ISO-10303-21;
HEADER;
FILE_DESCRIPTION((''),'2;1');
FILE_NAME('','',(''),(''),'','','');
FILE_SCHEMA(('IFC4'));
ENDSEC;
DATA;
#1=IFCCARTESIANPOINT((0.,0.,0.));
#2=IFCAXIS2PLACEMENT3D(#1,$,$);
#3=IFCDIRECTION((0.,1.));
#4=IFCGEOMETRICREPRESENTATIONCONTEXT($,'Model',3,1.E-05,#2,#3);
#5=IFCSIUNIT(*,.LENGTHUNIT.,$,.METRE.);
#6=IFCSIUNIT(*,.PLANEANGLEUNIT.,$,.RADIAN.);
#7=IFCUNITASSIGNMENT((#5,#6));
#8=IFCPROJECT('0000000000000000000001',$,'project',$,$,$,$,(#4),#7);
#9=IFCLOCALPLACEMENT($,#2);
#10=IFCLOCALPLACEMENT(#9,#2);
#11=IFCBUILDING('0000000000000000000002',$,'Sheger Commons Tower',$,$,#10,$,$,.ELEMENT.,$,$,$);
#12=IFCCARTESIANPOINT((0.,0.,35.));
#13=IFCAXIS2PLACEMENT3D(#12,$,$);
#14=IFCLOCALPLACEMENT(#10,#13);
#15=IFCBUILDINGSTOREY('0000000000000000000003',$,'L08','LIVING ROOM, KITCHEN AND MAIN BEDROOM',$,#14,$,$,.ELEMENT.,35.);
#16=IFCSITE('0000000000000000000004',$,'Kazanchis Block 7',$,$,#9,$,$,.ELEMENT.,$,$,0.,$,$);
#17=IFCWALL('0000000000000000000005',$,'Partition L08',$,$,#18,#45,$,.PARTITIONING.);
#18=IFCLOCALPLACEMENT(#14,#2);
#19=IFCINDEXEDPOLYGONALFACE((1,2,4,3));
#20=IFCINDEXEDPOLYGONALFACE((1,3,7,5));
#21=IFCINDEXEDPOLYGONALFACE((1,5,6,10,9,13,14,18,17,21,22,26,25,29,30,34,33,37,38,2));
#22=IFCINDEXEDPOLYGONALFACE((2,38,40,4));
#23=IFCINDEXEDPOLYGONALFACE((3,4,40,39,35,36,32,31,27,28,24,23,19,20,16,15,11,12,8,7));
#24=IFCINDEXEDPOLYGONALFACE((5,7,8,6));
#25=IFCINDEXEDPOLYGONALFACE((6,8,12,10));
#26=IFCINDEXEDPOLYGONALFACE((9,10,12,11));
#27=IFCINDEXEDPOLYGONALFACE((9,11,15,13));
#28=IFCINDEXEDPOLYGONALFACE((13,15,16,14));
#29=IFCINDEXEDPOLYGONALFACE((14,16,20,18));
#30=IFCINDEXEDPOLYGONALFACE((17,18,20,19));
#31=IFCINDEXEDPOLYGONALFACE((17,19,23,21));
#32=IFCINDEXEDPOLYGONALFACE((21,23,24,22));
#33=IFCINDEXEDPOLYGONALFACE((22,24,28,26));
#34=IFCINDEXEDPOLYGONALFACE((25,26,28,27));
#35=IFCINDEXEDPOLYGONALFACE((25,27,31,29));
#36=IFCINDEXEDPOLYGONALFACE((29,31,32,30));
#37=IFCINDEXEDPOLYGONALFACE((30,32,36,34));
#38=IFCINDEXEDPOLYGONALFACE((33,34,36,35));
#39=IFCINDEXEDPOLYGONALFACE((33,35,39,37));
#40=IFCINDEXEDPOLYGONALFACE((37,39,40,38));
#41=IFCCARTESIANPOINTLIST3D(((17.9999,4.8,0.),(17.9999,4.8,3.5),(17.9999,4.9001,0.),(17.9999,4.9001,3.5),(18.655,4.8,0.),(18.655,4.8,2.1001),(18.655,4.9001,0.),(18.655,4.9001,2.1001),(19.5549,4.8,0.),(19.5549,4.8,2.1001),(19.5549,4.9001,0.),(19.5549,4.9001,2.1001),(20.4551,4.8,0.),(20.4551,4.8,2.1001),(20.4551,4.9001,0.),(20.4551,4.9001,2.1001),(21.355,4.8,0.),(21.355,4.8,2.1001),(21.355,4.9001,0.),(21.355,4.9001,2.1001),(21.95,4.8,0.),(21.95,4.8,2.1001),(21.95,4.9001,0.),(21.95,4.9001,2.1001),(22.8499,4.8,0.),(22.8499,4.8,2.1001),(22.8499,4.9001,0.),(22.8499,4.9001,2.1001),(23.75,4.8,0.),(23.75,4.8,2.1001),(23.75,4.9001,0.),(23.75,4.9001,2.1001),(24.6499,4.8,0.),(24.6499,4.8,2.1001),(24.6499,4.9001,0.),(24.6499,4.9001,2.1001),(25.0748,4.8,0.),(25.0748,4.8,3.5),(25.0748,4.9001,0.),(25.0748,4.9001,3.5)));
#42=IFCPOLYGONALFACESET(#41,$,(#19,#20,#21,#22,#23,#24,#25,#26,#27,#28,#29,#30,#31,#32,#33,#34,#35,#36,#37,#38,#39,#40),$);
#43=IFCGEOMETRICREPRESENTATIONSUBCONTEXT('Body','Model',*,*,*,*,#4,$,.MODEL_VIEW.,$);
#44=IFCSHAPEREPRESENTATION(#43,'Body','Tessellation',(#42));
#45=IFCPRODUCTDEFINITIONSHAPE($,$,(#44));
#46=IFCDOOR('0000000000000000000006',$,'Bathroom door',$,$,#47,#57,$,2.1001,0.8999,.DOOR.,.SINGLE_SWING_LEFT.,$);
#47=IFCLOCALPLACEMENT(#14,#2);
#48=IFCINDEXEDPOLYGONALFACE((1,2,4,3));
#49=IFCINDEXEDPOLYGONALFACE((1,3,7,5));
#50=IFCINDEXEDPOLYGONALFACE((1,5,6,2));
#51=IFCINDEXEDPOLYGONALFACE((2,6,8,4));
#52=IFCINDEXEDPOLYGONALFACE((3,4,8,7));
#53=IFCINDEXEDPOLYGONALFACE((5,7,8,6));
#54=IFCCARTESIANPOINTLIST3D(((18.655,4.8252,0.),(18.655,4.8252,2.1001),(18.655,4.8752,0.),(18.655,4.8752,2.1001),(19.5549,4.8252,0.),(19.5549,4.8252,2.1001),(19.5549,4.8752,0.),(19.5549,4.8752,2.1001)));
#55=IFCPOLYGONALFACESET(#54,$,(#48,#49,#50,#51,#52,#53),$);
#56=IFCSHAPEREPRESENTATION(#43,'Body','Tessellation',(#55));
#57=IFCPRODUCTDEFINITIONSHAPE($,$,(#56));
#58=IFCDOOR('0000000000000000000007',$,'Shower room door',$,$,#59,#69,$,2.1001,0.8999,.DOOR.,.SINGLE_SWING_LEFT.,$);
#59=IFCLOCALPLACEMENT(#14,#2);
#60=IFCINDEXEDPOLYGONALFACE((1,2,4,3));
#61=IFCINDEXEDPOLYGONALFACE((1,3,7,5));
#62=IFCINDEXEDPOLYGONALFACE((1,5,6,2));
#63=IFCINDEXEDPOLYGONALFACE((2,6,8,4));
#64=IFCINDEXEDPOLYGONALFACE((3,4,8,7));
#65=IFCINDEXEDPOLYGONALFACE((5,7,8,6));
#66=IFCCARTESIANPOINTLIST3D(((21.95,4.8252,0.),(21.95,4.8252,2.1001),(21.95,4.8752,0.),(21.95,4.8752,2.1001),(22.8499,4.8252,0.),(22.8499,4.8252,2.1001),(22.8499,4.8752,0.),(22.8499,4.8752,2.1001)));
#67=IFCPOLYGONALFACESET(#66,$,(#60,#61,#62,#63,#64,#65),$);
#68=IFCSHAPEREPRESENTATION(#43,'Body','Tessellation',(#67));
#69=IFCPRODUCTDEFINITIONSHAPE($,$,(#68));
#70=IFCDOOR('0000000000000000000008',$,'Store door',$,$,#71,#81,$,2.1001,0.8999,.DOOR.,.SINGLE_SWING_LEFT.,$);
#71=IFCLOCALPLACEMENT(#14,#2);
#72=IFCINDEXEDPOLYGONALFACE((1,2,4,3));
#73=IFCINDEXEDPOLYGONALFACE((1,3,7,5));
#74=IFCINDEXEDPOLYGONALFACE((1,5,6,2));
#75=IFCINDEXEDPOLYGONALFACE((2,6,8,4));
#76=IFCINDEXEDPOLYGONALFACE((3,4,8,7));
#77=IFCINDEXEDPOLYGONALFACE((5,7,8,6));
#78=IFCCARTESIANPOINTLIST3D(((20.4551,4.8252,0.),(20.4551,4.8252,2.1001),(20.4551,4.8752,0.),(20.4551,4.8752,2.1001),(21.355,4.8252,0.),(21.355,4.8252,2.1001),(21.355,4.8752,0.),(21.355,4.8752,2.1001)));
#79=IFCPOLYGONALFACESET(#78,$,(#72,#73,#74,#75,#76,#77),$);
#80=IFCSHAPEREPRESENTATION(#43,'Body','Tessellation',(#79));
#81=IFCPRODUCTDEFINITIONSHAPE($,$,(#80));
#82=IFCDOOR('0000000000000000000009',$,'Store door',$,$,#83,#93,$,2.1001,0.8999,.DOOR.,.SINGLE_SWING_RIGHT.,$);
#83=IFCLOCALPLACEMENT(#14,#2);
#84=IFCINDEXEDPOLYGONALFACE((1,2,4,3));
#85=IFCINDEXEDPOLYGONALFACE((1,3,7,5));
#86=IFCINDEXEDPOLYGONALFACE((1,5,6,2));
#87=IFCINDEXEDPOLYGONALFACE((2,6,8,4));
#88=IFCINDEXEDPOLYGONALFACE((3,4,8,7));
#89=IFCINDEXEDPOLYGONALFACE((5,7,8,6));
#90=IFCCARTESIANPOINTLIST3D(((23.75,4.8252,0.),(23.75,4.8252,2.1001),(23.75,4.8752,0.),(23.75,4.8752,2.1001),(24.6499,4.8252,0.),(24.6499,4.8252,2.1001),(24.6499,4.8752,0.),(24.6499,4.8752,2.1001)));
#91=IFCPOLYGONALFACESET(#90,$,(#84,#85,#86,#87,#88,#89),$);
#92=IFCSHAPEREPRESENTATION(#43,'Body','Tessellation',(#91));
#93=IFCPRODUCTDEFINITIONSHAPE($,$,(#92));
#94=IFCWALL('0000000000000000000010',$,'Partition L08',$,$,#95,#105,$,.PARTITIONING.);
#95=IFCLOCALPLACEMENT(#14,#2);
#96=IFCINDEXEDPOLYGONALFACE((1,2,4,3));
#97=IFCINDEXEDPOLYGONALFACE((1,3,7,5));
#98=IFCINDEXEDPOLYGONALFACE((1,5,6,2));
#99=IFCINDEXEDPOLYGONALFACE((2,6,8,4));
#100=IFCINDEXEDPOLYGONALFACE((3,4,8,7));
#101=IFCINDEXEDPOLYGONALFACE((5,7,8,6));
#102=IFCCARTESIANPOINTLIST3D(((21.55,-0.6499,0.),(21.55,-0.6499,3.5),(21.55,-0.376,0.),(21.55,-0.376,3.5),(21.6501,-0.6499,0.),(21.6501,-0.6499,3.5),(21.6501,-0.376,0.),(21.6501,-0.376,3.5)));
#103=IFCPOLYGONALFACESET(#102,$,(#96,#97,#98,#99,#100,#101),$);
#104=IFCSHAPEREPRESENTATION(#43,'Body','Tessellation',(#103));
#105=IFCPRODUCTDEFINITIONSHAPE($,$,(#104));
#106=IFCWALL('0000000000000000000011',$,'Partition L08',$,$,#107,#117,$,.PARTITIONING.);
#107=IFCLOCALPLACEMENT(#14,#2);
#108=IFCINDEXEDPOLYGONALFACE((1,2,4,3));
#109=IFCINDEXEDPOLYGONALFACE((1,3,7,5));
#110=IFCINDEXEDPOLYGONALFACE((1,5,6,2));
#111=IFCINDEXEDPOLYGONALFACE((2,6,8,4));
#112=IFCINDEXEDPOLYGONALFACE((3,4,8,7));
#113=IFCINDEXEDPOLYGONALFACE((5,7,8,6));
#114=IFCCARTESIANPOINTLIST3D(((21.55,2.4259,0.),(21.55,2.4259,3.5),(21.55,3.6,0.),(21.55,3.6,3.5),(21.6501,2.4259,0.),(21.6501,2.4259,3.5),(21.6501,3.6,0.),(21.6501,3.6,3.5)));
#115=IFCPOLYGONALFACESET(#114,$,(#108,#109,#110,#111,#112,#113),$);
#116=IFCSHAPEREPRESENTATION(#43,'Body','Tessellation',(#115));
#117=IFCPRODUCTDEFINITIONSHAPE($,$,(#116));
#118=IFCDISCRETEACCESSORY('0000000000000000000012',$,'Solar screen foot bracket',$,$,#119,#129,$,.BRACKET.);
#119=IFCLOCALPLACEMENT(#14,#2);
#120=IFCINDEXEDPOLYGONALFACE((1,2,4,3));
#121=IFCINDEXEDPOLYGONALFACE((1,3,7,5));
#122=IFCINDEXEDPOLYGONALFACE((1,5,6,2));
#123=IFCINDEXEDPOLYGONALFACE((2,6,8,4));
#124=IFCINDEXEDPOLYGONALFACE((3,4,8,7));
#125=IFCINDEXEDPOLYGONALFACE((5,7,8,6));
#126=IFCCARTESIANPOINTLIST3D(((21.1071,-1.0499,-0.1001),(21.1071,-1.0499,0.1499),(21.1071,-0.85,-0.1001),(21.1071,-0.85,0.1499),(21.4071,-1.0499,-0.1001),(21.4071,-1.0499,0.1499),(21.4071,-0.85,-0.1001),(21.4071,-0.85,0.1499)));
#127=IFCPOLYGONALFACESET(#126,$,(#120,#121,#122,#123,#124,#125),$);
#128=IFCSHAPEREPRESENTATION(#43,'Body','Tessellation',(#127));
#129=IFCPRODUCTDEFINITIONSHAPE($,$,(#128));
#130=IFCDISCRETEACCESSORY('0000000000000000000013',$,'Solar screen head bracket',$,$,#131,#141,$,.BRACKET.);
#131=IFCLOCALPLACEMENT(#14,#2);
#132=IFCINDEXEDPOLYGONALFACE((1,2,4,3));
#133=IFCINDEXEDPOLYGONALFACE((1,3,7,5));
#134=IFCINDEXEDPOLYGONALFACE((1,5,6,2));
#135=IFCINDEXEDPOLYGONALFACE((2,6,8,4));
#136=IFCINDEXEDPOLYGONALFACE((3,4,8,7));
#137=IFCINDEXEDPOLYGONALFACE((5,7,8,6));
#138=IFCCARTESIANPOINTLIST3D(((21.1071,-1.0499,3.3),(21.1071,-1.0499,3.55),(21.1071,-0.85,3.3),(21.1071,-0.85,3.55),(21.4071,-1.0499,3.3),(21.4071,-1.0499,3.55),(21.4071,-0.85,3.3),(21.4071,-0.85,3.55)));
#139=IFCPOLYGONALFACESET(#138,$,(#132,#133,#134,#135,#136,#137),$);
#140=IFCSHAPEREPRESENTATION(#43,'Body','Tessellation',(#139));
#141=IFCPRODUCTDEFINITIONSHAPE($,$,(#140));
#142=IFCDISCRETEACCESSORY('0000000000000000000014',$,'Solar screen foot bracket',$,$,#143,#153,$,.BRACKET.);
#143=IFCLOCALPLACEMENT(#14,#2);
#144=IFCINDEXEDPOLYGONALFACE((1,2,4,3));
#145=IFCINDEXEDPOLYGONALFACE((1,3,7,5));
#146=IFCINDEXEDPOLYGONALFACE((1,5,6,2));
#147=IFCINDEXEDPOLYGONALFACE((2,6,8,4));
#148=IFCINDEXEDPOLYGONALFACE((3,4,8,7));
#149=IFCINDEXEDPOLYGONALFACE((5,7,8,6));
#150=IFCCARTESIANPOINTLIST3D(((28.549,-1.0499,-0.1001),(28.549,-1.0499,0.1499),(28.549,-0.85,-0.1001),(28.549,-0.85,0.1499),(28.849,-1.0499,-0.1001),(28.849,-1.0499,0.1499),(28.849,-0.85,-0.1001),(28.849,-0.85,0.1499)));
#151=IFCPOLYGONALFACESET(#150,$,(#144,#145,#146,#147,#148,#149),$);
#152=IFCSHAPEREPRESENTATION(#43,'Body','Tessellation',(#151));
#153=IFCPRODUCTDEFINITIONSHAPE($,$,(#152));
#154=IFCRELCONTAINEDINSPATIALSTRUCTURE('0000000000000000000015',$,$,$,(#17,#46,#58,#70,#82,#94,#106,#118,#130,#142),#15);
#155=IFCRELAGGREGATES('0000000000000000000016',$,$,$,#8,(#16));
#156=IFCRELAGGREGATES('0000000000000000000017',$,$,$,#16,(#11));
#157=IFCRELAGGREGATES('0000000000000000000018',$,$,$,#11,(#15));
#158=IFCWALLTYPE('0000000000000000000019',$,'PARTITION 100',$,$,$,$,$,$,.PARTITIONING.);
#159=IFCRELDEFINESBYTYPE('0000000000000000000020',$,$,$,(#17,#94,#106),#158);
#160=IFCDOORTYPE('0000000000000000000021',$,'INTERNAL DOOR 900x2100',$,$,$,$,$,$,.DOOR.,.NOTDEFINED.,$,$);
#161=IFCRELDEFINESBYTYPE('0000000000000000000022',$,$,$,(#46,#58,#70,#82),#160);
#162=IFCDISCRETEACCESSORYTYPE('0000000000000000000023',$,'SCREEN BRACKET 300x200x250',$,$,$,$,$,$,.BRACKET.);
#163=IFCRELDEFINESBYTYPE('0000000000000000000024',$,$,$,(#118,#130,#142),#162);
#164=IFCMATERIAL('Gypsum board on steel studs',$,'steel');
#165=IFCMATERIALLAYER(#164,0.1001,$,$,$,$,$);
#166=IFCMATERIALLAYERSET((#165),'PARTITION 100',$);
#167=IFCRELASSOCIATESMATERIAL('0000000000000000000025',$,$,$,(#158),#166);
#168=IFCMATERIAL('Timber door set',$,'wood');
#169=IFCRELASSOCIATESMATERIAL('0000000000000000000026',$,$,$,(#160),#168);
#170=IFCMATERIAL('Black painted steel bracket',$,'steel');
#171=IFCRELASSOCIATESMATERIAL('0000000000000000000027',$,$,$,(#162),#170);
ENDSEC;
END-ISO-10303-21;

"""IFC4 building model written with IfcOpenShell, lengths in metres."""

from ifc_helpers import new_model, si_unit, direction, frame, frame_2d, origin, origin_2d, place, context, subcontext, project, spatial, rectangle, extrude, material, layer, layer_set, type_object, element, fill, save


model = new_model("IFC4")

# Units and contexts
model_context = context("Model", 3, precision=1e-05, world=origin(), true_north=direction((0.0, 1.0)))
body_context = subcontext(model_context, "Body", "Model", "MODEL_VIEW")
ifc_project = project(units=[si_unit("LENGTHUNIT", "METRE"), si_unit("PLANEANGLEUNIT", "RADIAN")], contexts=[model_context])

# Site, building, storey
site_placement = place(None, origin())
site = spatial("IfcSite", under=ifc_project, at=site_placement, Name="Kazanchis Block 7", CompositionType="ELEMENT", RefElevation=0.0)
building_placement = place(site_placement, origin())
building = spatial("IfcBuilding", under=site, at=building_placement, Name="Sheger Commons Tower", CompositionType="ELEMENT")
storey_placement = place(building_placement, frame((0.0, 0.0, 35.0)))
storey = spatial("IfcBuildingStorey", under=building, at=storey_placement, Name="L08", Description="LIVING ROOM, KITCHEN AND MAIN BEDROOM", CompositionType="ELEMENT", Elevation=35.0)

# Wall, openings, doors
ifc_material_1 = material(Name="Gypsum board on steel studs", Category="steel")
ifc_layer_1 = layer(ifc_material_1, 0.1001)
ifc_layer_set_1 = layer_set([ifc_layer_1], Name="PARTITION 100")
wall_type_1 = type_object("IfcWallType", Name="PARTITION 100", PredefinedType="PARTITIONING", material=ifc_layer_set_1)
ifc_material_2 = material(Name="Timber door set", Category="wood")
door_type = type_object("IfcDoorType", Name="INTERNAL DOOR 900x2100", OperationType="NOTDEFINED", PredefinedType="DOOR", material=ifc_material_2)
wall_1_placement = place(storey_placement, frame((25.075, 4.8501, 0.0), z_axis=(0.0, 0.0, 1.0), x_axis=(-1.0, 0.0, 0.0)))
wall_1 = element("IfcWall", 1, at=wall_1_placement, inside=storey, type_object=wall_type_1, Name="Partition L08", PredefinedType="PARTITIONING", context=body_context, shape_type="SweptSolid", body=[
    extrude(rectangle(XDim=7.075, YDim=0.1001, at=frame_2d((3.5376, 0.0))), origin(), (0.0, 0.0, 1.0), 3.5),
])
opening_1_placement = place(wall_1_placement, frame((5.52, 0.0, 0.0)))
opening_1 = element("IfcOpeningElement", 2, at=opening_1_placement, cuts=wall_1, PredefinedType="OPENING", context=body_context, shape_type="SweptSolid", body=[
    extrude(rectangle(XDim=0.8999, YDim=2.1001, at=frame_2d((0.45, 1.05))), frame((0.0, 0.0601, 0.0), z_axis=(0.0, -1.0, 0.0), x_axis=(1.0, 0.0, 0.0)), (0.0, 0.0, 1.0), 0.1201),
])
opening_2_placement = place(wall_1_placement, frame((2.2251, 0.0, 0.0)))
opening_2 = element("IfcOpeningElement", 3, at=opening_2_placement, cuts=wall_1, PredefinedType="OPENING", context=body_context, shape_type="SweptSolid", body=[
    extrude(rectangle(XDim=0.8999, YDim=2.1001, at=frame_2d((0.45, 1.05))), frame((0.0, 0.0601, 0.0), z_axis=(0.0, -1.0, 0.0), x_axis=(1.0, 0.0, 0.0)), (0.0, 0.0, 1.0), 0.1201),
])
opening_3_placement = place(wall_1_placement, frame((3.72, 0.0, 0.0)))
opening_3 = element("IfcOpeningElement", 4, at=opening_3_placement, cuts=wall_1, PredefinedType="OPENING", context=body_context, shape_type="SweptSolid", body=[
    extrude(rectangle(XDim=0.8999, YDim=2.1001, at=frame_2d((0.45, 1.05))), frame((0.0, 0.0601, 0.0), z_axis=(0.0, -1.0, 0.0), x_axis=(1.0, 0.0, 0.0)), (0.0, 0.0, 1.0), 0.1201),
])
opening_4_placement = place(wall_1_placement, frame((0.425, 0.0, 0.0)))
opening_4 = element("IfcOpeningElement", 5, at=opening_4_placement, cuts=wall_1, PredefinedType="OPENING", context=body_context, shape_type="SweptSolid", body=[
    extrude(rectangle(XDim=0.8999, YDim=2.1001, at=frame_2d((0.45, 1.05))), frame((0.0, 0.0601, 0.0), z_axis=(0.0, -1.0, 0.0), x_axis=(1.0, 0.0, 0.0)), (0.0, 0.0, 1.0), 0.1201),
])
door_1_placement = place(opening_1_placement, origin())
door_1 = element("IfcDoor", 6, at=door_1_placement, inside=storey, type_object=door_type, Name="Bathroom door", OperationType="SINGLE_SWING_LEFT", OverallHeight=2.1001, OverallWidth=0.8999, PredefinedType="DOOR", context=body_context, shape_type="SweptSolid", body=[
    extrude(rectangle(XDim=0.8999, YDim=2.1001, at=frame_2d((0.45, 1.05))), frame((0.0, 0.0249, 0.0), z_axis=(0.0, -1.0, 0.0), x_axis=(1.0, 0.0, 0.0)), (0.0, 0.0, 1.0), 0.05),
])
fill(opening_1, door_1)
door_2_placement = place(opening_2_placement, origin())
door_2 = element("IfcDoor", 7, at=door_2_placement, inside=storey, type_object=door_type, Name="Shower room door", OperationType="SINGLE_SWING_LEFT", OverallHeight=2.1001, OverallWidth=0.8999, PredefinedType="DOOR", context=body_context, shape_type="SweptSolid", body=[
    extrude(rectangle(XDim=0.8999, YDim=2.1001, at=frame_2d((0.45, 1.05))), frame((0.0, 0.0249, 0.0), z_axis=(0.0, -1.0, 0.0), x_axis=(1.0, 0.0, 0.0)), (0.0, 0.0, 1.0), 0.05),
])
fill(opening_2, door_2)
door_3_placement = place(opening_3_placement, origin())
door_3 = element("IfcDoor", 8, at=door_3_placement, inside=storey, type_object=door_type, Name="Store door", OperationType="SINGLE_SWING_LEFT", OverallHeight=2.1001, OverallWidth=0.8999, PredefinedType="DOOR", context=body_context, shape_type="SweptSolid", body=[
    extrude(rectangle(XDim=0.8999, YDim=2.1001, at=frame_2d((0.45, 1.05))), frame((0.0, 0.0249, 0.0), z_axis=(0.0, -1.0, 0.0), x_axis=(1.0, 0.0, 0.0)), (0.0, 0.0, 1.0), 0.05),
])
fill(opening_3, door_3)
door_4_placement = place(opening_4_placement, origin())
door_4 = element("IfcDoor", 9, at=door_4_placement, inside=storey, type_object=door_type, Name="Store door", OperationType="SINGLE_SWING_RIGHT", OverallHeight=2.1001, OverallWidth=0.8999, PredefinedType="DOOR", context=body_context, shape_type="SweptSolid", body=[
    extrude(rectangle(XDim=0.8999, YDim=2.1001, at=frame_2d((0.45, 1.05))), frame((0.0, 0.0249, 0.0), z_axis=(0.0, -1.0, 0.0), x_axis=(1.0, 0.0, 0.0)), (0.0, 0.0, 1.0), 0.05),
])
fill(opening_4, door_4)

# Walls
wall_2_placement = place(storey_placement, frame((21.6001, -0.6499, 0.0), z_axis=(0.0, 0.0, 1.0), x_axis=(0.0, 1.0, 0.0)))
element("IfcWall", 10, at=wall_2_placement, inside=storey, type_object=wall_type_1, Name="Partition L08", PredefinedType="PARTITIONING", context=body_context, shape_type="SweptSolid", body=[
    extrude(rectangle(XDim=0.2739, YDim=0.1001, at=frame_2d((0.137, 0.0))), origin(), (0.0, 0.0, 1.0), 3.5),
])
wall_3_placement = place(storey_placement, frame((21.6001, 2.426, 0.0), z_axis=(0.0, 0.0, 1.0), x_axis=(0.0, 1.0, 0.0)))
element("IfcWall", 11, at=wall_3_placement, inside=storey, type_object=wall_type_1, Name="Partition L08", PredefinedType="PARTITIONING", context=body_context, shape_type="SweptSolid", body=[
    extrude(rectangle(XDim=1.1741, YDim=0.1001, at=frame_2d((0.5869, 0.0))), origin(), (0.0, 0.0, 1.0), 3.5),
])

# Discrete accessories
ifc_material_3 = material(Name="Black painted steel bracket", Category="steel")
discrete_accessory_type = type_object("IfcDiscreteAccessoryType", Name="SCREEN BRACKET 300x200x250", PredefinedType="BRACKET", material=ifc_material_3)
for number, where, z_axis, x_axis, name in (
    (12, (21.2571, -0.95, -0.1001), (0.0, 0.0, 1.0), (1.0, 0.0, 0.0), "Solar screen foot bracket"),
    (13, (21.2571, -0.95, 3.3), (0.0, 0.0, 1.0), (1.0, 0.0, 0.0), "Solar screen head bracket"),
    (14, (28.699, -0.95, -0.1001), (0.0, 0.0, 1.0), (1.0, 0.0, 0.0), "Solar screen foot bracket"),
):
    element("IfcDiscreteAccessory", number, at=place(storey_placement, frame(where, z_axis=z_axis, x_axis=x_axis)), inside=storey, type_object=discrete_accessory_type, Name=name, PredefinedType="BRACKET", context=body_context, shape_type="SweptSolid", body=[
        extrude(rectangle(XDim=0.3, YDim=0.2, at=origin_2d()), origin(), (0.0, 0.0, 1.0), 0.25),
    ])

save(model, "model.ifc")
